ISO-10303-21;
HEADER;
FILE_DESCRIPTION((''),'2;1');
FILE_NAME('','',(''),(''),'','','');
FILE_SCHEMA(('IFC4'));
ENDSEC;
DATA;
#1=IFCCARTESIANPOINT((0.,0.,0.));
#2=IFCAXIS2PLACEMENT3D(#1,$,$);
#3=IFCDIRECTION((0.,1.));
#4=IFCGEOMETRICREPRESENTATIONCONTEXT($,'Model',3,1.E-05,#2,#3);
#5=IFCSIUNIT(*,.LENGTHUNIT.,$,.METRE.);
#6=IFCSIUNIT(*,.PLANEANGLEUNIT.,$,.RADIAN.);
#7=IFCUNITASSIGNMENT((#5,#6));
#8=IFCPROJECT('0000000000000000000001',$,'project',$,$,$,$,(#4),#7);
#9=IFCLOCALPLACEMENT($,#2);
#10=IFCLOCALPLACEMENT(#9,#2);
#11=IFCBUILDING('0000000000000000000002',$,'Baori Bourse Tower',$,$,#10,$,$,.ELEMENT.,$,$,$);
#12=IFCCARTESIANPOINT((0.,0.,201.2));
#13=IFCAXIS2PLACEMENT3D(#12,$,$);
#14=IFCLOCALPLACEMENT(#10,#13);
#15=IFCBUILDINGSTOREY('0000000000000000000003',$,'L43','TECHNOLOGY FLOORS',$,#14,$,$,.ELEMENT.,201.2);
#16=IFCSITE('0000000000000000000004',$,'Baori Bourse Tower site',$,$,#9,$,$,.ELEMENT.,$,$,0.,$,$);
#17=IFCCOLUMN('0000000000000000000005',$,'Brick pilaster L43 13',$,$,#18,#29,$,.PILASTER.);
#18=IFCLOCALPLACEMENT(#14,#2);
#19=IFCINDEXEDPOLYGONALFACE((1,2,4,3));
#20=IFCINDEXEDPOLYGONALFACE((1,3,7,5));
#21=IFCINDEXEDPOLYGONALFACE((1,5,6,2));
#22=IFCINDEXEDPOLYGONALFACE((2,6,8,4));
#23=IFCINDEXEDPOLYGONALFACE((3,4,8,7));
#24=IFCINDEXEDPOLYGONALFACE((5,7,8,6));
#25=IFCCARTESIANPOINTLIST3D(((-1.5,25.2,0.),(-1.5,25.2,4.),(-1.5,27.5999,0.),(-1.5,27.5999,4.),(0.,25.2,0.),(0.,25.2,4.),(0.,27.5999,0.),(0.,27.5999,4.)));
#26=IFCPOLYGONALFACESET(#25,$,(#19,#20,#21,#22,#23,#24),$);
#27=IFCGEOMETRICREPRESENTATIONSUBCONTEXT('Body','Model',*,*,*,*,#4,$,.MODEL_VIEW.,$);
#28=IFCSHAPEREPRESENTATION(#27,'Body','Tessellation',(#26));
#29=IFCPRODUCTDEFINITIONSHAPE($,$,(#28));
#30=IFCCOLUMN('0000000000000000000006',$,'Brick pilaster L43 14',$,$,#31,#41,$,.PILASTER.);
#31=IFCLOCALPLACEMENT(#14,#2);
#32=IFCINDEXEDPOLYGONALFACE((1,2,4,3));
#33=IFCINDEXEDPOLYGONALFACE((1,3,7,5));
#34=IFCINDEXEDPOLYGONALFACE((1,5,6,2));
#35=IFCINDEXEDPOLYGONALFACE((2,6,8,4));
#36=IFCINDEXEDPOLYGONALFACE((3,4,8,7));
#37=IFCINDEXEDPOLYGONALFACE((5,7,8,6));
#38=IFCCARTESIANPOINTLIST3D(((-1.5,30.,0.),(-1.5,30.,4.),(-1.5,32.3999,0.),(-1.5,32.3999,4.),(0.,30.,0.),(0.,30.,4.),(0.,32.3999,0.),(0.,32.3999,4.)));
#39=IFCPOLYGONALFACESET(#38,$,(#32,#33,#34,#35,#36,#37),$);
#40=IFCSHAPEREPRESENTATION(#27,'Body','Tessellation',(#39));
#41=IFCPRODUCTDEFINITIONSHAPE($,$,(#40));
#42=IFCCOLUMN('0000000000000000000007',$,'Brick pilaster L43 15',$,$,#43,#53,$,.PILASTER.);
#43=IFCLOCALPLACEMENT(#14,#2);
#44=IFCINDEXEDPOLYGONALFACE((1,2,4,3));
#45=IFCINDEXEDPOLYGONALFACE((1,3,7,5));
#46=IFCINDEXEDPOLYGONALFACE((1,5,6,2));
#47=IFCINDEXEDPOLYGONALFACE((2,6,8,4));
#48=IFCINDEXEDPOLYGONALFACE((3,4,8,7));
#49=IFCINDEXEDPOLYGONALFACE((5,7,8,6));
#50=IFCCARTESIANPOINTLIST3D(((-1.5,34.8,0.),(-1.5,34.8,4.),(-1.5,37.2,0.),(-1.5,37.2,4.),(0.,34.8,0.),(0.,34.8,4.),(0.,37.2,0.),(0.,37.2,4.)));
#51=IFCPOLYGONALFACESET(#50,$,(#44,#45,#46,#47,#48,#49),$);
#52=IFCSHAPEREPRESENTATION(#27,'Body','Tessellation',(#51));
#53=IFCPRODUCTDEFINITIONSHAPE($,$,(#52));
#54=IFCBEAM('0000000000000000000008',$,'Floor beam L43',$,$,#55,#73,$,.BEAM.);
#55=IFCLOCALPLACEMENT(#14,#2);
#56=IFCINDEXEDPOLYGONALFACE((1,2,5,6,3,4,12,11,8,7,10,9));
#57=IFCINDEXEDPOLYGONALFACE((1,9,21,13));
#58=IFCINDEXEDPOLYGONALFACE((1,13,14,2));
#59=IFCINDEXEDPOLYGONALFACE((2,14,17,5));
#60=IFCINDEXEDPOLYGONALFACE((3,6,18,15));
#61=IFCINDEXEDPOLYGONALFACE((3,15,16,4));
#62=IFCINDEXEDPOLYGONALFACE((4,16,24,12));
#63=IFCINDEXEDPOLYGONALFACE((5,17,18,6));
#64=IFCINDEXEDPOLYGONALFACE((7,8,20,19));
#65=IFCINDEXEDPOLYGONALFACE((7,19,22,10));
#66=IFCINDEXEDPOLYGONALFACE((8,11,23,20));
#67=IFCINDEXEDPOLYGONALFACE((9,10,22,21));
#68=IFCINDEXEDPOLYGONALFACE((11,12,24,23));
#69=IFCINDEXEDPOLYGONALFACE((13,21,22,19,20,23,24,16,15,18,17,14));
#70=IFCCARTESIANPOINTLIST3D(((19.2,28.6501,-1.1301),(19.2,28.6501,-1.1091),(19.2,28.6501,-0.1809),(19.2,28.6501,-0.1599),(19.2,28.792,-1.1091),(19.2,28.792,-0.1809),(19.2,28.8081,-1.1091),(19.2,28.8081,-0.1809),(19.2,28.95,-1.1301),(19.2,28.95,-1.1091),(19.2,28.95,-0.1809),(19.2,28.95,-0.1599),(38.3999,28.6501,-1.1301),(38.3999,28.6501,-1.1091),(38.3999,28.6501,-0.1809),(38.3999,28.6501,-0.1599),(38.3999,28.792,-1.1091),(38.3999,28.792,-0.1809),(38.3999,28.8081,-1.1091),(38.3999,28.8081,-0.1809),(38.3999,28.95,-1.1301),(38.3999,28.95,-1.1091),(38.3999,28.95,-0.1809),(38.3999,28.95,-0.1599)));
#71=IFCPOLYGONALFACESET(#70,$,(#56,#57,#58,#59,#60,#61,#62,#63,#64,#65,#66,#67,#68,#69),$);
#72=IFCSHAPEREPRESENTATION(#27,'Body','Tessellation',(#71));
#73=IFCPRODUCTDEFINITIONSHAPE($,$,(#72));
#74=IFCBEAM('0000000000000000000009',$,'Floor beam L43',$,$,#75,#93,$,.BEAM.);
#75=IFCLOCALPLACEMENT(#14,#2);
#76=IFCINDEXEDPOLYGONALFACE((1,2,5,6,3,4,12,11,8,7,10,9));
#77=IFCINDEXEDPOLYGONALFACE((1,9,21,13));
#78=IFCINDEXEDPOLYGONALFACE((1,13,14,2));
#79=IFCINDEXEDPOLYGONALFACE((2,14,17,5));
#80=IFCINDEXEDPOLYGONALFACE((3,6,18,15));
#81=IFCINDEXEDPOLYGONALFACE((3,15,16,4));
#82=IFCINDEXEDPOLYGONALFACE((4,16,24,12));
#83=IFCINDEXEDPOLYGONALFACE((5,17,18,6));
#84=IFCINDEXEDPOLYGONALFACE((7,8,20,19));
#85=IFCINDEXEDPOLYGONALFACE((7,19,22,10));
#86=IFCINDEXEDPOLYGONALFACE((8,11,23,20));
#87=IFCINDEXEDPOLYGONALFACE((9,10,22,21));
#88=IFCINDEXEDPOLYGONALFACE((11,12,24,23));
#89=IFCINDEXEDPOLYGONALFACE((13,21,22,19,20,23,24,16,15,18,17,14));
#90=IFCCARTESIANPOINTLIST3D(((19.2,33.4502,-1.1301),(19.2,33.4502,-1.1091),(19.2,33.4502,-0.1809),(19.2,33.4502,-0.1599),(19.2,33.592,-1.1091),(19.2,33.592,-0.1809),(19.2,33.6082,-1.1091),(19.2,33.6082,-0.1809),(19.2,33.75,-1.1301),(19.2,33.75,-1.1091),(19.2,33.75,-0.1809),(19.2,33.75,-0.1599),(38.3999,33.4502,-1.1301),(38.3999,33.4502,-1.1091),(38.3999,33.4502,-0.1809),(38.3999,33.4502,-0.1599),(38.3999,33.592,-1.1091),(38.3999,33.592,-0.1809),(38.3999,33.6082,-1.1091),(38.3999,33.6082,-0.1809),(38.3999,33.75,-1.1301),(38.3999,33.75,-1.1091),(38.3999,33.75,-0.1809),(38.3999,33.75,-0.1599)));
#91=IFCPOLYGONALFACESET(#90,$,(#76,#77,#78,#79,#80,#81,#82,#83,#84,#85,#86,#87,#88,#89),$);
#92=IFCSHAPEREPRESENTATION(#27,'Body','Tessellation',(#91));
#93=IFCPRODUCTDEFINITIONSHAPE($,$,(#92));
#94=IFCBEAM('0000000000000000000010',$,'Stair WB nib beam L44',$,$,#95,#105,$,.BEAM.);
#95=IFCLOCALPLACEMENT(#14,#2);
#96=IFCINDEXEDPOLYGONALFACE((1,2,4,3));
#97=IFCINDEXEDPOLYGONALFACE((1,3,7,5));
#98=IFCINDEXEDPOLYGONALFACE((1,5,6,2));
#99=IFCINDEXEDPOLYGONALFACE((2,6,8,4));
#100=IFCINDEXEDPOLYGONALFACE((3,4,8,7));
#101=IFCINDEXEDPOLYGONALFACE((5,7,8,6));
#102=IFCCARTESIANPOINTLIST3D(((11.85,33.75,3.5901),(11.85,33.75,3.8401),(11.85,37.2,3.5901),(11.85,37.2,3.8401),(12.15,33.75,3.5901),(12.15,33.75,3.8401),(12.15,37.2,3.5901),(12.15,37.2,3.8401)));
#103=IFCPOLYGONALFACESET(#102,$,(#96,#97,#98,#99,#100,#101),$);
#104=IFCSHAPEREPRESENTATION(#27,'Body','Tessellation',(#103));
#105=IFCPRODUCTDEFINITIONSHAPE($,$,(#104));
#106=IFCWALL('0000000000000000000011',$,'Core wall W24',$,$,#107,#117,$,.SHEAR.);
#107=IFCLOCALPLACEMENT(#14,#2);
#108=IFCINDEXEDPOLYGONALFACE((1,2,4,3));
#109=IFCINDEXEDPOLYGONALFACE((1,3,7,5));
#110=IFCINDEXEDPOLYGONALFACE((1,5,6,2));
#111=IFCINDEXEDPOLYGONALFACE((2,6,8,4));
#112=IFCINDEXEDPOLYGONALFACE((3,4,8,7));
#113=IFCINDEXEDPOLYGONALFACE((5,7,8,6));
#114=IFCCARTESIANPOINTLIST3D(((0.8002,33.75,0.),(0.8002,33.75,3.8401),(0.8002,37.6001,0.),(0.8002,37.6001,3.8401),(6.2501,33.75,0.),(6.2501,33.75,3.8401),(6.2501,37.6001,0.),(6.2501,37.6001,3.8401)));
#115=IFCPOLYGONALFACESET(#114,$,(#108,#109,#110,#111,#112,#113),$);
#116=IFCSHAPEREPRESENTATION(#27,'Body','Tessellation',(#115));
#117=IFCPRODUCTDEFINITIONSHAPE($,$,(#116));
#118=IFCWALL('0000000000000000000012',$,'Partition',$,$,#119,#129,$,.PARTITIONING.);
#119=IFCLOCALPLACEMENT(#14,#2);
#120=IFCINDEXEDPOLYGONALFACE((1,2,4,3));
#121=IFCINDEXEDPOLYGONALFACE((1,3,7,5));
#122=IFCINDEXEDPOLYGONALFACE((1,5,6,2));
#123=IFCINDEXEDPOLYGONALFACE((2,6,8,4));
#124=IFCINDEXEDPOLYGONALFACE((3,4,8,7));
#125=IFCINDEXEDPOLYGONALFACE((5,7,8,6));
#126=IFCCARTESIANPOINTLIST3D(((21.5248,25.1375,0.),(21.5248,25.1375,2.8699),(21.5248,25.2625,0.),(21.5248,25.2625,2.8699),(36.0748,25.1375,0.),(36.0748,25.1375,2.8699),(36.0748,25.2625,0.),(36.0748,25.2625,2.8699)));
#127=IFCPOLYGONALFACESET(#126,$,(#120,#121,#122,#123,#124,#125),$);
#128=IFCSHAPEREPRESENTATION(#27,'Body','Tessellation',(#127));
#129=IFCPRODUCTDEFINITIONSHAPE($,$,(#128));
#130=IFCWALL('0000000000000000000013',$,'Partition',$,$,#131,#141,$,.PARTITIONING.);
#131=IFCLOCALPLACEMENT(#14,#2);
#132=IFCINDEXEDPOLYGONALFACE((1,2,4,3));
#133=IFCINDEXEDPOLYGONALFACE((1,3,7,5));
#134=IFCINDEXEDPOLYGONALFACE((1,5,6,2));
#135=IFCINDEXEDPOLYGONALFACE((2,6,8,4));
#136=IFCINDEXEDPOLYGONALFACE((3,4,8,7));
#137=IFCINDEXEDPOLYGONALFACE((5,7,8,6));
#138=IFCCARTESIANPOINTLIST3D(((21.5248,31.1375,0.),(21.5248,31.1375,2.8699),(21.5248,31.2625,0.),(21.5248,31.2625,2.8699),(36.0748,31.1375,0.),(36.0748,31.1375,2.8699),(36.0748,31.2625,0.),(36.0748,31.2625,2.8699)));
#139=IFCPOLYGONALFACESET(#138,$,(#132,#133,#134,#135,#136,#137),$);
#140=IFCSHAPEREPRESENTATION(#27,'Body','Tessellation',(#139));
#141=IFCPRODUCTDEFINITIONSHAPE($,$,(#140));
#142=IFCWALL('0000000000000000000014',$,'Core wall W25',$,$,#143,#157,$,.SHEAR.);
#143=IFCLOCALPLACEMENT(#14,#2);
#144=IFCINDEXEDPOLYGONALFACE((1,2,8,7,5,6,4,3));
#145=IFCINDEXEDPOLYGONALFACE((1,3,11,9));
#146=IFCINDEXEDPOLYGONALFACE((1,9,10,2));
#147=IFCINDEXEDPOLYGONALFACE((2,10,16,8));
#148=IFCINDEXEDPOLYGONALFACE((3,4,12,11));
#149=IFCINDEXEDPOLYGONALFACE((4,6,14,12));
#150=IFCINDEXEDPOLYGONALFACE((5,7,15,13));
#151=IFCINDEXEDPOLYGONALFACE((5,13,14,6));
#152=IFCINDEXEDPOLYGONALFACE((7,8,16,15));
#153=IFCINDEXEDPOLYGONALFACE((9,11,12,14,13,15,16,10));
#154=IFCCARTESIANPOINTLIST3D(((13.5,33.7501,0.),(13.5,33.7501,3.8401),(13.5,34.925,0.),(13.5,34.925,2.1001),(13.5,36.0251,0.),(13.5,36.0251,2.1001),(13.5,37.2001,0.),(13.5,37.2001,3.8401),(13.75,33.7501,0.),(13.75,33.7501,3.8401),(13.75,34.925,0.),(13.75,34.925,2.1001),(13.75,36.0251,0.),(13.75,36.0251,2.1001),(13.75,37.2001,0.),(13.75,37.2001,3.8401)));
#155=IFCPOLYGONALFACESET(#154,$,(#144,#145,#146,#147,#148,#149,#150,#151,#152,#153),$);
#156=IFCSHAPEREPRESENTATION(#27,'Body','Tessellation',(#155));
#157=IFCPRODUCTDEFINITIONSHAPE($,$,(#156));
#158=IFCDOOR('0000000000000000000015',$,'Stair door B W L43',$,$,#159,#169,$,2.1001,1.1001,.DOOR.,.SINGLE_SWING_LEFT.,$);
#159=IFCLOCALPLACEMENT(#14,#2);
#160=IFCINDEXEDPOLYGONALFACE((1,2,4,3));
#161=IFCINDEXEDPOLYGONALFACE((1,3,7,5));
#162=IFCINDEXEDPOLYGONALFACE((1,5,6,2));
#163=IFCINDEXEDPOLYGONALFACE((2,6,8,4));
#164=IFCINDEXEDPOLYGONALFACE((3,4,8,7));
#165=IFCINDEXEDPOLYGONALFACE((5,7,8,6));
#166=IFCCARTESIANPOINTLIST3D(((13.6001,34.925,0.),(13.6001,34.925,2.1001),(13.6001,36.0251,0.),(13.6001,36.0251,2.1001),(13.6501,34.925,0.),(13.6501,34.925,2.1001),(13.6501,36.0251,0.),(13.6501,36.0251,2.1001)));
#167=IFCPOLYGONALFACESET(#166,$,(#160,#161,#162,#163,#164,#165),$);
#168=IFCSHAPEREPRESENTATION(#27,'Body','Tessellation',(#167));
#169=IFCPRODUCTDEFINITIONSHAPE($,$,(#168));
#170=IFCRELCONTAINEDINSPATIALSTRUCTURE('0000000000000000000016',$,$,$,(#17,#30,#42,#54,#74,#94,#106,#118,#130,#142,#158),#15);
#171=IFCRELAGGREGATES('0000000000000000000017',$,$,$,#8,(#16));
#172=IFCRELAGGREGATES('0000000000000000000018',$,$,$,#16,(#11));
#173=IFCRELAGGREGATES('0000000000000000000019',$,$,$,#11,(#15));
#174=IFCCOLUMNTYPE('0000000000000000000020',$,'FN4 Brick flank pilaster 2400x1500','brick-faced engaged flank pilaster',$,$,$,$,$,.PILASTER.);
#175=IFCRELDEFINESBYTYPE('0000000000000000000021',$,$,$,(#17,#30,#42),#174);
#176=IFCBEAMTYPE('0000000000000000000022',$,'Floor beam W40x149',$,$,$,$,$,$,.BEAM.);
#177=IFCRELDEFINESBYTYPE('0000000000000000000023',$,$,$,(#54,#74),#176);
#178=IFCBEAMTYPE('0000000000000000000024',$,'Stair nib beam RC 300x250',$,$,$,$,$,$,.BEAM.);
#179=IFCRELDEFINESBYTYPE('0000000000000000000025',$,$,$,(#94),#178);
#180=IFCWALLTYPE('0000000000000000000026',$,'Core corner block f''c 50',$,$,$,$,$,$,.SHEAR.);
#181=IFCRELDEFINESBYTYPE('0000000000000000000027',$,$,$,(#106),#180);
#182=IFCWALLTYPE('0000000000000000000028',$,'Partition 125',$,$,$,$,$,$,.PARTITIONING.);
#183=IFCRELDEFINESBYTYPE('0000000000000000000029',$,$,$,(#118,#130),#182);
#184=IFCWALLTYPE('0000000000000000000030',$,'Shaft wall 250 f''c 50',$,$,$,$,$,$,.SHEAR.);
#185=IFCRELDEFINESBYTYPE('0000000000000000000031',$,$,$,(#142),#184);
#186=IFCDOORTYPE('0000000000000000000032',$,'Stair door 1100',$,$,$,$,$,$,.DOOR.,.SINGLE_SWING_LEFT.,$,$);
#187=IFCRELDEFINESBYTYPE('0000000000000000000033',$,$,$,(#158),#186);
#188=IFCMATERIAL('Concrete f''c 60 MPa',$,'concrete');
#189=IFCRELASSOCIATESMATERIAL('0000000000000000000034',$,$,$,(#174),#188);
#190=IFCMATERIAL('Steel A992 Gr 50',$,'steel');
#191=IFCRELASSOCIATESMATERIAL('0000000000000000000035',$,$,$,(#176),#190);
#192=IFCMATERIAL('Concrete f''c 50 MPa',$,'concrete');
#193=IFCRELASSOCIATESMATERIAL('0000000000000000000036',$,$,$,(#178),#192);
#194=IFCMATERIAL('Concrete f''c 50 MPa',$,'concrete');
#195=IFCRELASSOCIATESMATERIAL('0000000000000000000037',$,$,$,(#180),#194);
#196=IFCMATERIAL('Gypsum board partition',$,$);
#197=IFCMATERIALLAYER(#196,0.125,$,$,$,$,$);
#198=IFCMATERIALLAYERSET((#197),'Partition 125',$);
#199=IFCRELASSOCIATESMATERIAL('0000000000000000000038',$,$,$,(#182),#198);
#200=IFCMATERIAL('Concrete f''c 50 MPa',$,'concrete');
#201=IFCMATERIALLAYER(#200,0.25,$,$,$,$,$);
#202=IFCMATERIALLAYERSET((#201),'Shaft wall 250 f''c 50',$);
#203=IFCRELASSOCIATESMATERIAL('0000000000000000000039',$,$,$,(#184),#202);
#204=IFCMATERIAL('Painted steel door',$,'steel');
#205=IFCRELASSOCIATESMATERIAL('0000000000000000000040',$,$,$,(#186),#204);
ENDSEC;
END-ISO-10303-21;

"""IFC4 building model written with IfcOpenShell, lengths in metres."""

from ifc_helpers import new_model, si_unit, direction, frame, frame_2d, origin, origin_2d, place, context, subcontext, project, spatial, rectangle, i_section, extrude, material, layer, layer_set, material_profile, profile_set, type_object, element, fill, save


model = new_model("IFC4")

# Units and contexts
model_context = context("Model", 3, precision=1e-05, world=origin(), true_north=direction((0.0, 1.0)))
body_context = subcontext(model_context, "Body", "Model", "MODEL_VIEW")
ifc_project = project(units=[si_unit("LENGTHUNIT", "METRE"), si_unit("PLANEANGLEUNIT", "RADIAN")], contexts=[model_context])

# Site, building, storey
site_placement = place(None, origin())
site = spatial("IfcSite", under=ifc_project, at=site_placement, Name="Baori Bourse Tower site", CompositionType="ELEMENT", RefElevation=0.0)
building_placement = place(site_placement, origin())
building = spatial("IfcBuilding", under=site, at=building_placement, Name="Baori Bourse Tower", CompositionType="ELEMENT")
storey_placement = place(building_placement, frame((0.0, 0.0, 201.2)))
storey = spatial("IfcBuildingStorey", under=building, at=storey_placement, Name="L43", Description="TECHNOLOGY FLOORS", CompositionType="ELEMENT", Elevation=201.2)

# Columns
ifc_material_1 = material(Name="Concrete f'c 60 MPa", Category="concrete")
ifc_material_profile_1 = material_profile(ifc_material_1, rectangle(XDim=2.3999, YDim=1.5, at=origin_2d()), Name="RC 2400x1500")
ifc_profile_set_1 = profile_set([ifc_material_profile_1], Name="Concrete f'c 60 MPa")
column_type = type_object("IfcColumnType", Name="FN4 Brick flank pilaster 2400x1500", Description="brick-faced engaged flank pilaster", PredefinedType="PILASTER", material=ifc_profile_set_1)
for number, where, z_axis, x_axis, name in (
    (1, (-0.75, 26.3999, 0.0), (0.0, 0.0, 1.0), (0.0, 1.0, 0.0), "Brick pilaster L43 13"),
    (2, (-0.75, 31.2, 0.0), (0.0, 0.0, 1.0), (0.0, 1.0, 0.0), "Brick pilaster L43 14"),
    (3, (-0.75, 36.0, 0.0), (0.0, 0.0, 1.0), (0.0, 1.0, 0.0), "Brick pilaster L43 15"),
):
    element("IfcColumn", number, at=place(storey_placement, frame(where, z_axis=z_axis, x_axis=x_axis)), inside=storey, type_object=column_type, Name=name, PredefinedType="PILASTER", context=body_context, shape_type="SweptSolid", body=[
        extrude(rectangle(XDim=2.3999, YDim=1.5, at=origin_2d()), origin(), (0.0, 0.0, 1.0), 4.0),
    ])

# Beams
ifc_material_2 = material(Name="Steel A992 Gr 50", Category="steel")
ifc_material_profile_2 = material_profile(ifc_material_2, i_section(OverallWidth=0.2998, OverallDepth=0.9702, WebThickness=0.0161, FlangeThickness=0.021, at=origin_2d()), Name="W40x149")
ifc_profile_set_2 = profile_set([ifc_material_profile_2], Name="Steel A992 Gr 50")
beam_type_1 = type_object("IfcBeamType", Name="Floor beam W40x149", PredefinedType="BEAM", material=ifc_profile_set_2)
for number, where, z_axis, x_axis, name in (
    (4, (19.2, 28.8, -0.645), (1.0, 0.0, 0.0), (0.0, 1.0, 0.0), "Floor beam L43"),
    (5, (19.2, 33.6001, -0.645), (1.0, 0.0, 0.0), (0.0, 1.0, 0.0), "Floor beam L43"),
):
    element("IfcBeam", number, at=place(storey_placement, frame(where, z_axis=z_axis, x_axis=x_axis)), inside=storey, type_object=beam_type_1, Name=name, PredefinedType="BEAM", context=body_context, shape_type="SweptSolid", body=[
        extrude(i_section(OverallWidth=0.2998, OverallDepth=0.9702, WebThickness=0.0161, FlangeThickness=0.021, at=origin_2d()), origin(), (0.0, 0.0, 1.0), 19.2),
    ])
ifc_material_3 = material(Name="Concrete f'c 50 MPa", Category="concrete")
ifc_material_profile_3 = material_profile(ifc_material_3, rectangle(XDim=0.3, YDim=0.25, at=origin_2d()), Name="RC 300x250")
ifc_profile_set_3 = profile_set([ifc_material_profile_3], Name="Concrete f'c 50 MPa")
beam_type_2 = type_object("IfcBeamType", Name="Stair nib beam RC 300x250", PredefinedType="BEAM", material=ifc_profile_set_3)
beam_placement = place(storey_placement, frame((12.0, 33.75, 3.7151), z_axis=(0.0, 1.0, 0.0), x_axis=(-1.0, 0.0, 0.0)))
element("IfcBeam", 6, at=beam_placement, inside=storey, type_object=beam_type_2, Name="Stair WB nib beam L44", PredefinedType="BEAM", context=body_context, shape_type="SweptSolid", body=[
    extrude(rectangle(XDim=0.3, YDim=0.25, at=origin_2d()), origin(), (0.0, 0.0, 1.0), 3.45),
])

# Walls
ifc_material_4 = material(Name="Concrete f'c 50 MPa", Category="concrete")
wall_type_1 = type_object("IfcWallType", Name="Core corner block f'c 50", PredefinedType="SHEAR", material=ifc_material_4)
wall_1_placement = place(storey_placement, frame((0.8, 35.675, 0.0), z_axis=(0.0, 0.0, 1.0), x_axis=(1.0, 0.0, 0.0)))
element("IfcWall", 7, at=wall_1_placement, inside=storey, type_object=wall_type_1, Name="Core wall W24", PredefinedType="SHEAR", context=body_context, shape_type="SweptSolid", body=[
    extrude(rectangle(XDim=5.45, YDim=3.8501, at=frame_2d((2.7251, 0.0))), origin(), (0.0, 0.0, 1.0), 3.8401),
])
ifc_material_5 = material(Name="Gypsum board partition")
ifc_layer_1 = layer(ifc_material_5, 0.125)
ifc_layer_set_1 = layer_set([ifc_layer_1], Name="Partition 125")
wall_type_2 = type_object("IfcWallType", Name="Partition 125", PredefinedType="PARTITIONING", material=ifc_layer_set_1)
for number, where, z_axis, x_axis, name in (
    (8, (21.5249, 25.2, 0.0), (0.0, 0.0, 1.0), (1.0, 0.0, 0.0), "Partition"),
    (9, (21.5249, 31.2, 0.0), (0.0, 0.0, 1.0), (1.0, 0.0, 0.0), "Partition"),
):
    element("IfcWall", number, at=place(storey_placement, frame(where, z_axis=z_axis, x_axis=x_axis)), inside=storey, type_object=wall_type_2, Name=name, PredefinedType="PARTITIONING", context=body_context, shape_type="SweptSolid", body=[
        extrude(rectangle(XDim=14.55, YDim=0.125, at=frame_2d((7.2749, 0.0))), origin(), (0.0, 0.0, 1.0), 2.8699),
    ])

# Wall, opening, door
ifc_material_6 = material(Name="Concrete f'c 50 MPa", Category="concrete")
ifc_layer_2 = layer(ifc_material_6, 0.25)
ifc_layer_set_2 = layer_set([ifc_layer_2], Name="Shaft wall 250 f'c 50")
wall_type_3 = type_object("IfcWallType", Name="Shaft wall 250 f'c 50", PredefinedType="SHEAR", material=ifc_layer_set_2)
wall_2_placement = place(storey_placement, frame((13.625, 33.75, 0.0), z_axis=(0.0, 0.0, 1.0), x_axis=(0.0, 1.0, 0.0)))
wall_2 = element("IfcWall", 10, at=wall_2_placement, inside=storey, type_object=wall_type_3, Name="Core wall W25", PredefinedType="SHEAR", context=body_context, shape_type="SweptSolid", body=[
    extrude(rectangle(XDim=3.45, YDim=0.25, at=frame_2d((1.7251, 0.0))), origin(), (0.0, 0.0, 1.0), 3.8401),
])
opening_1_placement = place(wall_2_placement, frame((1.175, 0.0, 0.0)))
opening_1 = element("IfcOpeningElement", 11, at=opening_1_placement, cuts=wall_2, PredefinedType="OPENING", context=body_context, shape_type="SweptSolid", body=[
    extrude(rectangle(XDim=1.1001, YDim=2.1001, at=frame_2d((0.55, 1.05))), frame((0.0, 0.135, 0.0), z_axis=(0.0, -1.0, 0.0), x_axis=(1.0, 0.0, 0.0)), (0.0, 0.0, 1.0), 0.27),
])
ifc_material_7 = material(Name="Painted steel door", Category="steel")
door_type_1 = type_object("IfcDoorType", Name="Stair door 1100", OperationType="SINGLE_SWING_LEFT", PredefinedType="DOOR", material=ifc_material_7)
door_1_placement = place(opening_1_placement, origin())
door_1 = element("IfcDoor", 12, at=door_1_placement, inside=storey, type_object=door_type_1, Name="Stair door B W L43", OperationType="SINGLE_SWING_LEFT", OverallHeight=2.1001, OverallWidth=1.1001, PredefinedType="DOOR", context=body_context, shape_type="SweptSolid", body=[
    extrude(rectangle(XDim=1.1001, YDim=2.1001, at=frame_2d((0.55, 1.05))), frame((0.0, 0.0249, 0.0), z_axis=(0.0, -1.0, 0.0), x_axis=(1.0, 0.0, 0.0)), (0.0, 0.0, 1.0), 0.05),
])
fill(opening_1, door_1)

save(model, "model.ifc")
